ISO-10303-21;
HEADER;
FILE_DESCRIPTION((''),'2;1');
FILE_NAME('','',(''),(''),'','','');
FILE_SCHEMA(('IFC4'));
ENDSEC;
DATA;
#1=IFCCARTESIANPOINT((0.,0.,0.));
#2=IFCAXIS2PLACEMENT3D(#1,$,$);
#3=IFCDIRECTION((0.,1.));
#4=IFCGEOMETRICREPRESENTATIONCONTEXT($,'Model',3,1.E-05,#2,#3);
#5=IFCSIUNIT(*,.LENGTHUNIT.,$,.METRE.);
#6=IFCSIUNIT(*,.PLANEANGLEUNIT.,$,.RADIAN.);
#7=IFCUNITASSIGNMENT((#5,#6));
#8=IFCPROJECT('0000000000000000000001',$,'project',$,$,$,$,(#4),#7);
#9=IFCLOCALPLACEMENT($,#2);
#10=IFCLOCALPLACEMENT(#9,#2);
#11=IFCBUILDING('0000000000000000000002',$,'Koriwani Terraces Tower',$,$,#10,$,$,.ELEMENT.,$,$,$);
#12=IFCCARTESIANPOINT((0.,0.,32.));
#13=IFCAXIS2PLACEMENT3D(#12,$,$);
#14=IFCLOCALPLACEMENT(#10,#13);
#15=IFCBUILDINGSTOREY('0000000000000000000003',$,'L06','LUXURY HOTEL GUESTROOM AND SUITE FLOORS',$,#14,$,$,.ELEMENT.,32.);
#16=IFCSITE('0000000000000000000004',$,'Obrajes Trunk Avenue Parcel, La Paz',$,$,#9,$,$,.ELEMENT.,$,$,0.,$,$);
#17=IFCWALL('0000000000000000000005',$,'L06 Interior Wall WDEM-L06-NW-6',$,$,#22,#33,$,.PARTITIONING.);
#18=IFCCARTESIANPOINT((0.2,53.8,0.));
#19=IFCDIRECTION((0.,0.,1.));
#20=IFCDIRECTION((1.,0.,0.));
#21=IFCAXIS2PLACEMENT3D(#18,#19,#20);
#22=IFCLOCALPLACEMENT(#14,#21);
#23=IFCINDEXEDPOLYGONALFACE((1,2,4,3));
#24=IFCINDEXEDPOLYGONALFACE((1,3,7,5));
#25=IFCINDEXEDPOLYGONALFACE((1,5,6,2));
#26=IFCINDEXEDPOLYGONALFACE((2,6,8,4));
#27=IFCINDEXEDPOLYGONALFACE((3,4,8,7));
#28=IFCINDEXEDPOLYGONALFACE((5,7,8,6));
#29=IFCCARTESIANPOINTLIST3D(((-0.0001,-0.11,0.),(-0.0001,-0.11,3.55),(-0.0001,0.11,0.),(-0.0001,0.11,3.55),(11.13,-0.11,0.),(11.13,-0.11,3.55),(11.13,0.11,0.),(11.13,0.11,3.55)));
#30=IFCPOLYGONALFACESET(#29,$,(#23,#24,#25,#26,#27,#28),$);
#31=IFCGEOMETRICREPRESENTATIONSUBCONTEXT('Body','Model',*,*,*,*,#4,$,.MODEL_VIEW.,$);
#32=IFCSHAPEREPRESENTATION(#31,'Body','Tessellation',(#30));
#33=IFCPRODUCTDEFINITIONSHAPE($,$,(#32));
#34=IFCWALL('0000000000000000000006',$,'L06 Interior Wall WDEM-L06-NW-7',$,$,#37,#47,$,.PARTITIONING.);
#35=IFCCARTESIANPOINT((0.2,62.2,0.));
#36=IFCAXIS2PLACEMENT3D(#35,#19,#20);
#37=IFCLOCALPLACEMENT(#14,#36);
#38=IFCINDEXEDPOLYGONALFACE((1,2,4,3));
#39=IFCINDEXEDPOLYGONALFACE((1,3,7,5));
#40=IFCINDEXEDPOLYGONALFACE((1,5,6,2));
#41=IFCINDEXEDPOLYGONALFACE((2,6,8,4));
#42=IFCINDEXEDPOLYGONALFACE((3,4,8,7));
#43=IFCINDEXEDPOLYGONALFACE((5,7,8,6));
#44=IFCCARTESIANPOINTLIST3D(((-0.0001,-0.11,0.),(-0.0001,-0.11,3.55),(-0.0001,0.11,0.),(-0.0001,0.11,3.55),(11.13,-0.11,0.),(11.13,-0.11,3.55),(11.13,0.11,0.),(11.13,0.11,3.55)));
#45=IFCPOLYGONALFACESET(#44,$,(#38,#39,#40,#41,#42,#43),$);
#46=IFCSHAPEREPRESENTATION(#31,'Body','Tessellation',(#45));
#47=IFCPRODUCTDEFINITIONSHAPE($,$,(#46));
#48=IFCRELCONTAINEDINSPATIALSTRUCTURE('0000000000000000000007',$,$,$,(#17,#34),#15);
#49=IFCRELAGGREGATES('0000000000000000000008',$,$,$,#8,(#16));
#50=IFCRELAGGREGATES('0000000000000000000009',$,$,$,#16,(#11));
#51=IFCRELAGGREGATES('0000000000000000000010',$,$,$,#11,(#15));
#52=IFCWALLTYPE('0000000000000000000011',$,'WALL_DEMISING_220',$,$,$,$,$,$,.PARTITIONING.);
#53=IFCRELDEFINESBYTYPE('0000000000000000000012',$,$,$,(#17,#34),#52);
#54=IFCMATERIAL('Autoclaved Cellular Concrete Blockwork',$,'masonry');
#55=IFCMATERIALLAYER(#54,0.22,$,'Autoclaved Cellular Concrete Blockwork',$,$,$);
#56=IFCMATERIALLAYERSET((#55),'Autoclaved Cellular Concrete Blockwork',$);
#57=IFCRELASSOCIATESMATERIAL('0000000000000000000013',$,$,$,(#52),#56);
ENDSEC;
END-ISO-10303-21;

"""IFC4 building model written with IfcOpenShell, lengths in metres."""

from ifc_helpers import new_model, si_unit, direction, frame, frame_2d, origin, place, context, subcontext, project, spatial, rectangle, extrude, material, layer, layer_set, type_object, element, save


model = new_model("IFC4")

# Units and contexts
model_context = context("Model", 3, precision=1e-05, world=origin(), true_north=direction((0.0, 1.0)))
body_context = subcontext(model_context, "Body", "Model", "MODEL_VIEW")
ifc_project = project(units=[si_unit("LENGTHUNIT", "METRE"), si_unit("PLANEANGLEUNIT", "RADIAN")], contexts=[model_context])

# Site, building, storey
site_placement = place(None, origin())
site = spatial("IfcSite", under=ifc_project, at=site_placement, Name="Obrajes Trunk Avenue Parcel, La Paz", CompositionType="ELEMENT", RefElevation=0.0)
building_placement = place(site_placement, origin())
building = spatial("IfcBuilding", under=site, at=building_placement, Name="Koriwani Terraces Tower", CompositionType="ELEMENT")
storey_placement = place(building_placement, frame((0.0, 0.0, 32.0)))
storey = spatial("IfcBuildingStorey", under=building, at=storey_placement, Name="L06", Description="LUXURY HOTEL GUESTROOM AND SUITE FLOORS", CompositionType="ELEMENT", Elevation=32.0)

# Walls
ifc_material_1 = material(Name="Autoclaved Cellular Concrete Blockwork", Category="masonry")
ifc_layer_1 = layer(ifc_material_1, 0.22, Name="Autoclaved Cellular Concrete Blockwork")
ifc_layer_set_1 = layer_set([ifc_layer_1], Name="Autoclaved Cellular Concrete Blockwork")
wall_type_1 = type_object("IfcWallType", Name="WALL_DEMISING_220", PredefinedType="PARTITIONING", material=ifc_layer_set_1)
for number, where, z_axis, x_axis, name in (
    (1, (0.2, 53.8, 0.0), (0.0, 0.0, 1.0), (1.0, 0.0, 0.0), "L06 Interior Wall WDEM-L06-NW-6"),
    (2, (0.2, 62.2, 0.0), (0.0, 0.0, 1.0), (1.0, 0.0, 0.0), "L06 Interior Wall WDEM-L06-NW-7"),
):
    element("IfcWall", number, at=place(storey_placement, frame(where, z_axis=z_axis, x_axis=x_axis)), inside=storey, type_object=wall_type_1, Name=name, PredefinedType="PARTITIONING", context=body_context, shape_type="SweptSolid", body=[
        extrude(rectangle(XDim=11.1301, YDim=0.22, at=frame_2d((5.5649, 0.0))), origin(), (0.0, 0.0, 1.0), 3.55),
    ])

save(model, "model.ifc")
